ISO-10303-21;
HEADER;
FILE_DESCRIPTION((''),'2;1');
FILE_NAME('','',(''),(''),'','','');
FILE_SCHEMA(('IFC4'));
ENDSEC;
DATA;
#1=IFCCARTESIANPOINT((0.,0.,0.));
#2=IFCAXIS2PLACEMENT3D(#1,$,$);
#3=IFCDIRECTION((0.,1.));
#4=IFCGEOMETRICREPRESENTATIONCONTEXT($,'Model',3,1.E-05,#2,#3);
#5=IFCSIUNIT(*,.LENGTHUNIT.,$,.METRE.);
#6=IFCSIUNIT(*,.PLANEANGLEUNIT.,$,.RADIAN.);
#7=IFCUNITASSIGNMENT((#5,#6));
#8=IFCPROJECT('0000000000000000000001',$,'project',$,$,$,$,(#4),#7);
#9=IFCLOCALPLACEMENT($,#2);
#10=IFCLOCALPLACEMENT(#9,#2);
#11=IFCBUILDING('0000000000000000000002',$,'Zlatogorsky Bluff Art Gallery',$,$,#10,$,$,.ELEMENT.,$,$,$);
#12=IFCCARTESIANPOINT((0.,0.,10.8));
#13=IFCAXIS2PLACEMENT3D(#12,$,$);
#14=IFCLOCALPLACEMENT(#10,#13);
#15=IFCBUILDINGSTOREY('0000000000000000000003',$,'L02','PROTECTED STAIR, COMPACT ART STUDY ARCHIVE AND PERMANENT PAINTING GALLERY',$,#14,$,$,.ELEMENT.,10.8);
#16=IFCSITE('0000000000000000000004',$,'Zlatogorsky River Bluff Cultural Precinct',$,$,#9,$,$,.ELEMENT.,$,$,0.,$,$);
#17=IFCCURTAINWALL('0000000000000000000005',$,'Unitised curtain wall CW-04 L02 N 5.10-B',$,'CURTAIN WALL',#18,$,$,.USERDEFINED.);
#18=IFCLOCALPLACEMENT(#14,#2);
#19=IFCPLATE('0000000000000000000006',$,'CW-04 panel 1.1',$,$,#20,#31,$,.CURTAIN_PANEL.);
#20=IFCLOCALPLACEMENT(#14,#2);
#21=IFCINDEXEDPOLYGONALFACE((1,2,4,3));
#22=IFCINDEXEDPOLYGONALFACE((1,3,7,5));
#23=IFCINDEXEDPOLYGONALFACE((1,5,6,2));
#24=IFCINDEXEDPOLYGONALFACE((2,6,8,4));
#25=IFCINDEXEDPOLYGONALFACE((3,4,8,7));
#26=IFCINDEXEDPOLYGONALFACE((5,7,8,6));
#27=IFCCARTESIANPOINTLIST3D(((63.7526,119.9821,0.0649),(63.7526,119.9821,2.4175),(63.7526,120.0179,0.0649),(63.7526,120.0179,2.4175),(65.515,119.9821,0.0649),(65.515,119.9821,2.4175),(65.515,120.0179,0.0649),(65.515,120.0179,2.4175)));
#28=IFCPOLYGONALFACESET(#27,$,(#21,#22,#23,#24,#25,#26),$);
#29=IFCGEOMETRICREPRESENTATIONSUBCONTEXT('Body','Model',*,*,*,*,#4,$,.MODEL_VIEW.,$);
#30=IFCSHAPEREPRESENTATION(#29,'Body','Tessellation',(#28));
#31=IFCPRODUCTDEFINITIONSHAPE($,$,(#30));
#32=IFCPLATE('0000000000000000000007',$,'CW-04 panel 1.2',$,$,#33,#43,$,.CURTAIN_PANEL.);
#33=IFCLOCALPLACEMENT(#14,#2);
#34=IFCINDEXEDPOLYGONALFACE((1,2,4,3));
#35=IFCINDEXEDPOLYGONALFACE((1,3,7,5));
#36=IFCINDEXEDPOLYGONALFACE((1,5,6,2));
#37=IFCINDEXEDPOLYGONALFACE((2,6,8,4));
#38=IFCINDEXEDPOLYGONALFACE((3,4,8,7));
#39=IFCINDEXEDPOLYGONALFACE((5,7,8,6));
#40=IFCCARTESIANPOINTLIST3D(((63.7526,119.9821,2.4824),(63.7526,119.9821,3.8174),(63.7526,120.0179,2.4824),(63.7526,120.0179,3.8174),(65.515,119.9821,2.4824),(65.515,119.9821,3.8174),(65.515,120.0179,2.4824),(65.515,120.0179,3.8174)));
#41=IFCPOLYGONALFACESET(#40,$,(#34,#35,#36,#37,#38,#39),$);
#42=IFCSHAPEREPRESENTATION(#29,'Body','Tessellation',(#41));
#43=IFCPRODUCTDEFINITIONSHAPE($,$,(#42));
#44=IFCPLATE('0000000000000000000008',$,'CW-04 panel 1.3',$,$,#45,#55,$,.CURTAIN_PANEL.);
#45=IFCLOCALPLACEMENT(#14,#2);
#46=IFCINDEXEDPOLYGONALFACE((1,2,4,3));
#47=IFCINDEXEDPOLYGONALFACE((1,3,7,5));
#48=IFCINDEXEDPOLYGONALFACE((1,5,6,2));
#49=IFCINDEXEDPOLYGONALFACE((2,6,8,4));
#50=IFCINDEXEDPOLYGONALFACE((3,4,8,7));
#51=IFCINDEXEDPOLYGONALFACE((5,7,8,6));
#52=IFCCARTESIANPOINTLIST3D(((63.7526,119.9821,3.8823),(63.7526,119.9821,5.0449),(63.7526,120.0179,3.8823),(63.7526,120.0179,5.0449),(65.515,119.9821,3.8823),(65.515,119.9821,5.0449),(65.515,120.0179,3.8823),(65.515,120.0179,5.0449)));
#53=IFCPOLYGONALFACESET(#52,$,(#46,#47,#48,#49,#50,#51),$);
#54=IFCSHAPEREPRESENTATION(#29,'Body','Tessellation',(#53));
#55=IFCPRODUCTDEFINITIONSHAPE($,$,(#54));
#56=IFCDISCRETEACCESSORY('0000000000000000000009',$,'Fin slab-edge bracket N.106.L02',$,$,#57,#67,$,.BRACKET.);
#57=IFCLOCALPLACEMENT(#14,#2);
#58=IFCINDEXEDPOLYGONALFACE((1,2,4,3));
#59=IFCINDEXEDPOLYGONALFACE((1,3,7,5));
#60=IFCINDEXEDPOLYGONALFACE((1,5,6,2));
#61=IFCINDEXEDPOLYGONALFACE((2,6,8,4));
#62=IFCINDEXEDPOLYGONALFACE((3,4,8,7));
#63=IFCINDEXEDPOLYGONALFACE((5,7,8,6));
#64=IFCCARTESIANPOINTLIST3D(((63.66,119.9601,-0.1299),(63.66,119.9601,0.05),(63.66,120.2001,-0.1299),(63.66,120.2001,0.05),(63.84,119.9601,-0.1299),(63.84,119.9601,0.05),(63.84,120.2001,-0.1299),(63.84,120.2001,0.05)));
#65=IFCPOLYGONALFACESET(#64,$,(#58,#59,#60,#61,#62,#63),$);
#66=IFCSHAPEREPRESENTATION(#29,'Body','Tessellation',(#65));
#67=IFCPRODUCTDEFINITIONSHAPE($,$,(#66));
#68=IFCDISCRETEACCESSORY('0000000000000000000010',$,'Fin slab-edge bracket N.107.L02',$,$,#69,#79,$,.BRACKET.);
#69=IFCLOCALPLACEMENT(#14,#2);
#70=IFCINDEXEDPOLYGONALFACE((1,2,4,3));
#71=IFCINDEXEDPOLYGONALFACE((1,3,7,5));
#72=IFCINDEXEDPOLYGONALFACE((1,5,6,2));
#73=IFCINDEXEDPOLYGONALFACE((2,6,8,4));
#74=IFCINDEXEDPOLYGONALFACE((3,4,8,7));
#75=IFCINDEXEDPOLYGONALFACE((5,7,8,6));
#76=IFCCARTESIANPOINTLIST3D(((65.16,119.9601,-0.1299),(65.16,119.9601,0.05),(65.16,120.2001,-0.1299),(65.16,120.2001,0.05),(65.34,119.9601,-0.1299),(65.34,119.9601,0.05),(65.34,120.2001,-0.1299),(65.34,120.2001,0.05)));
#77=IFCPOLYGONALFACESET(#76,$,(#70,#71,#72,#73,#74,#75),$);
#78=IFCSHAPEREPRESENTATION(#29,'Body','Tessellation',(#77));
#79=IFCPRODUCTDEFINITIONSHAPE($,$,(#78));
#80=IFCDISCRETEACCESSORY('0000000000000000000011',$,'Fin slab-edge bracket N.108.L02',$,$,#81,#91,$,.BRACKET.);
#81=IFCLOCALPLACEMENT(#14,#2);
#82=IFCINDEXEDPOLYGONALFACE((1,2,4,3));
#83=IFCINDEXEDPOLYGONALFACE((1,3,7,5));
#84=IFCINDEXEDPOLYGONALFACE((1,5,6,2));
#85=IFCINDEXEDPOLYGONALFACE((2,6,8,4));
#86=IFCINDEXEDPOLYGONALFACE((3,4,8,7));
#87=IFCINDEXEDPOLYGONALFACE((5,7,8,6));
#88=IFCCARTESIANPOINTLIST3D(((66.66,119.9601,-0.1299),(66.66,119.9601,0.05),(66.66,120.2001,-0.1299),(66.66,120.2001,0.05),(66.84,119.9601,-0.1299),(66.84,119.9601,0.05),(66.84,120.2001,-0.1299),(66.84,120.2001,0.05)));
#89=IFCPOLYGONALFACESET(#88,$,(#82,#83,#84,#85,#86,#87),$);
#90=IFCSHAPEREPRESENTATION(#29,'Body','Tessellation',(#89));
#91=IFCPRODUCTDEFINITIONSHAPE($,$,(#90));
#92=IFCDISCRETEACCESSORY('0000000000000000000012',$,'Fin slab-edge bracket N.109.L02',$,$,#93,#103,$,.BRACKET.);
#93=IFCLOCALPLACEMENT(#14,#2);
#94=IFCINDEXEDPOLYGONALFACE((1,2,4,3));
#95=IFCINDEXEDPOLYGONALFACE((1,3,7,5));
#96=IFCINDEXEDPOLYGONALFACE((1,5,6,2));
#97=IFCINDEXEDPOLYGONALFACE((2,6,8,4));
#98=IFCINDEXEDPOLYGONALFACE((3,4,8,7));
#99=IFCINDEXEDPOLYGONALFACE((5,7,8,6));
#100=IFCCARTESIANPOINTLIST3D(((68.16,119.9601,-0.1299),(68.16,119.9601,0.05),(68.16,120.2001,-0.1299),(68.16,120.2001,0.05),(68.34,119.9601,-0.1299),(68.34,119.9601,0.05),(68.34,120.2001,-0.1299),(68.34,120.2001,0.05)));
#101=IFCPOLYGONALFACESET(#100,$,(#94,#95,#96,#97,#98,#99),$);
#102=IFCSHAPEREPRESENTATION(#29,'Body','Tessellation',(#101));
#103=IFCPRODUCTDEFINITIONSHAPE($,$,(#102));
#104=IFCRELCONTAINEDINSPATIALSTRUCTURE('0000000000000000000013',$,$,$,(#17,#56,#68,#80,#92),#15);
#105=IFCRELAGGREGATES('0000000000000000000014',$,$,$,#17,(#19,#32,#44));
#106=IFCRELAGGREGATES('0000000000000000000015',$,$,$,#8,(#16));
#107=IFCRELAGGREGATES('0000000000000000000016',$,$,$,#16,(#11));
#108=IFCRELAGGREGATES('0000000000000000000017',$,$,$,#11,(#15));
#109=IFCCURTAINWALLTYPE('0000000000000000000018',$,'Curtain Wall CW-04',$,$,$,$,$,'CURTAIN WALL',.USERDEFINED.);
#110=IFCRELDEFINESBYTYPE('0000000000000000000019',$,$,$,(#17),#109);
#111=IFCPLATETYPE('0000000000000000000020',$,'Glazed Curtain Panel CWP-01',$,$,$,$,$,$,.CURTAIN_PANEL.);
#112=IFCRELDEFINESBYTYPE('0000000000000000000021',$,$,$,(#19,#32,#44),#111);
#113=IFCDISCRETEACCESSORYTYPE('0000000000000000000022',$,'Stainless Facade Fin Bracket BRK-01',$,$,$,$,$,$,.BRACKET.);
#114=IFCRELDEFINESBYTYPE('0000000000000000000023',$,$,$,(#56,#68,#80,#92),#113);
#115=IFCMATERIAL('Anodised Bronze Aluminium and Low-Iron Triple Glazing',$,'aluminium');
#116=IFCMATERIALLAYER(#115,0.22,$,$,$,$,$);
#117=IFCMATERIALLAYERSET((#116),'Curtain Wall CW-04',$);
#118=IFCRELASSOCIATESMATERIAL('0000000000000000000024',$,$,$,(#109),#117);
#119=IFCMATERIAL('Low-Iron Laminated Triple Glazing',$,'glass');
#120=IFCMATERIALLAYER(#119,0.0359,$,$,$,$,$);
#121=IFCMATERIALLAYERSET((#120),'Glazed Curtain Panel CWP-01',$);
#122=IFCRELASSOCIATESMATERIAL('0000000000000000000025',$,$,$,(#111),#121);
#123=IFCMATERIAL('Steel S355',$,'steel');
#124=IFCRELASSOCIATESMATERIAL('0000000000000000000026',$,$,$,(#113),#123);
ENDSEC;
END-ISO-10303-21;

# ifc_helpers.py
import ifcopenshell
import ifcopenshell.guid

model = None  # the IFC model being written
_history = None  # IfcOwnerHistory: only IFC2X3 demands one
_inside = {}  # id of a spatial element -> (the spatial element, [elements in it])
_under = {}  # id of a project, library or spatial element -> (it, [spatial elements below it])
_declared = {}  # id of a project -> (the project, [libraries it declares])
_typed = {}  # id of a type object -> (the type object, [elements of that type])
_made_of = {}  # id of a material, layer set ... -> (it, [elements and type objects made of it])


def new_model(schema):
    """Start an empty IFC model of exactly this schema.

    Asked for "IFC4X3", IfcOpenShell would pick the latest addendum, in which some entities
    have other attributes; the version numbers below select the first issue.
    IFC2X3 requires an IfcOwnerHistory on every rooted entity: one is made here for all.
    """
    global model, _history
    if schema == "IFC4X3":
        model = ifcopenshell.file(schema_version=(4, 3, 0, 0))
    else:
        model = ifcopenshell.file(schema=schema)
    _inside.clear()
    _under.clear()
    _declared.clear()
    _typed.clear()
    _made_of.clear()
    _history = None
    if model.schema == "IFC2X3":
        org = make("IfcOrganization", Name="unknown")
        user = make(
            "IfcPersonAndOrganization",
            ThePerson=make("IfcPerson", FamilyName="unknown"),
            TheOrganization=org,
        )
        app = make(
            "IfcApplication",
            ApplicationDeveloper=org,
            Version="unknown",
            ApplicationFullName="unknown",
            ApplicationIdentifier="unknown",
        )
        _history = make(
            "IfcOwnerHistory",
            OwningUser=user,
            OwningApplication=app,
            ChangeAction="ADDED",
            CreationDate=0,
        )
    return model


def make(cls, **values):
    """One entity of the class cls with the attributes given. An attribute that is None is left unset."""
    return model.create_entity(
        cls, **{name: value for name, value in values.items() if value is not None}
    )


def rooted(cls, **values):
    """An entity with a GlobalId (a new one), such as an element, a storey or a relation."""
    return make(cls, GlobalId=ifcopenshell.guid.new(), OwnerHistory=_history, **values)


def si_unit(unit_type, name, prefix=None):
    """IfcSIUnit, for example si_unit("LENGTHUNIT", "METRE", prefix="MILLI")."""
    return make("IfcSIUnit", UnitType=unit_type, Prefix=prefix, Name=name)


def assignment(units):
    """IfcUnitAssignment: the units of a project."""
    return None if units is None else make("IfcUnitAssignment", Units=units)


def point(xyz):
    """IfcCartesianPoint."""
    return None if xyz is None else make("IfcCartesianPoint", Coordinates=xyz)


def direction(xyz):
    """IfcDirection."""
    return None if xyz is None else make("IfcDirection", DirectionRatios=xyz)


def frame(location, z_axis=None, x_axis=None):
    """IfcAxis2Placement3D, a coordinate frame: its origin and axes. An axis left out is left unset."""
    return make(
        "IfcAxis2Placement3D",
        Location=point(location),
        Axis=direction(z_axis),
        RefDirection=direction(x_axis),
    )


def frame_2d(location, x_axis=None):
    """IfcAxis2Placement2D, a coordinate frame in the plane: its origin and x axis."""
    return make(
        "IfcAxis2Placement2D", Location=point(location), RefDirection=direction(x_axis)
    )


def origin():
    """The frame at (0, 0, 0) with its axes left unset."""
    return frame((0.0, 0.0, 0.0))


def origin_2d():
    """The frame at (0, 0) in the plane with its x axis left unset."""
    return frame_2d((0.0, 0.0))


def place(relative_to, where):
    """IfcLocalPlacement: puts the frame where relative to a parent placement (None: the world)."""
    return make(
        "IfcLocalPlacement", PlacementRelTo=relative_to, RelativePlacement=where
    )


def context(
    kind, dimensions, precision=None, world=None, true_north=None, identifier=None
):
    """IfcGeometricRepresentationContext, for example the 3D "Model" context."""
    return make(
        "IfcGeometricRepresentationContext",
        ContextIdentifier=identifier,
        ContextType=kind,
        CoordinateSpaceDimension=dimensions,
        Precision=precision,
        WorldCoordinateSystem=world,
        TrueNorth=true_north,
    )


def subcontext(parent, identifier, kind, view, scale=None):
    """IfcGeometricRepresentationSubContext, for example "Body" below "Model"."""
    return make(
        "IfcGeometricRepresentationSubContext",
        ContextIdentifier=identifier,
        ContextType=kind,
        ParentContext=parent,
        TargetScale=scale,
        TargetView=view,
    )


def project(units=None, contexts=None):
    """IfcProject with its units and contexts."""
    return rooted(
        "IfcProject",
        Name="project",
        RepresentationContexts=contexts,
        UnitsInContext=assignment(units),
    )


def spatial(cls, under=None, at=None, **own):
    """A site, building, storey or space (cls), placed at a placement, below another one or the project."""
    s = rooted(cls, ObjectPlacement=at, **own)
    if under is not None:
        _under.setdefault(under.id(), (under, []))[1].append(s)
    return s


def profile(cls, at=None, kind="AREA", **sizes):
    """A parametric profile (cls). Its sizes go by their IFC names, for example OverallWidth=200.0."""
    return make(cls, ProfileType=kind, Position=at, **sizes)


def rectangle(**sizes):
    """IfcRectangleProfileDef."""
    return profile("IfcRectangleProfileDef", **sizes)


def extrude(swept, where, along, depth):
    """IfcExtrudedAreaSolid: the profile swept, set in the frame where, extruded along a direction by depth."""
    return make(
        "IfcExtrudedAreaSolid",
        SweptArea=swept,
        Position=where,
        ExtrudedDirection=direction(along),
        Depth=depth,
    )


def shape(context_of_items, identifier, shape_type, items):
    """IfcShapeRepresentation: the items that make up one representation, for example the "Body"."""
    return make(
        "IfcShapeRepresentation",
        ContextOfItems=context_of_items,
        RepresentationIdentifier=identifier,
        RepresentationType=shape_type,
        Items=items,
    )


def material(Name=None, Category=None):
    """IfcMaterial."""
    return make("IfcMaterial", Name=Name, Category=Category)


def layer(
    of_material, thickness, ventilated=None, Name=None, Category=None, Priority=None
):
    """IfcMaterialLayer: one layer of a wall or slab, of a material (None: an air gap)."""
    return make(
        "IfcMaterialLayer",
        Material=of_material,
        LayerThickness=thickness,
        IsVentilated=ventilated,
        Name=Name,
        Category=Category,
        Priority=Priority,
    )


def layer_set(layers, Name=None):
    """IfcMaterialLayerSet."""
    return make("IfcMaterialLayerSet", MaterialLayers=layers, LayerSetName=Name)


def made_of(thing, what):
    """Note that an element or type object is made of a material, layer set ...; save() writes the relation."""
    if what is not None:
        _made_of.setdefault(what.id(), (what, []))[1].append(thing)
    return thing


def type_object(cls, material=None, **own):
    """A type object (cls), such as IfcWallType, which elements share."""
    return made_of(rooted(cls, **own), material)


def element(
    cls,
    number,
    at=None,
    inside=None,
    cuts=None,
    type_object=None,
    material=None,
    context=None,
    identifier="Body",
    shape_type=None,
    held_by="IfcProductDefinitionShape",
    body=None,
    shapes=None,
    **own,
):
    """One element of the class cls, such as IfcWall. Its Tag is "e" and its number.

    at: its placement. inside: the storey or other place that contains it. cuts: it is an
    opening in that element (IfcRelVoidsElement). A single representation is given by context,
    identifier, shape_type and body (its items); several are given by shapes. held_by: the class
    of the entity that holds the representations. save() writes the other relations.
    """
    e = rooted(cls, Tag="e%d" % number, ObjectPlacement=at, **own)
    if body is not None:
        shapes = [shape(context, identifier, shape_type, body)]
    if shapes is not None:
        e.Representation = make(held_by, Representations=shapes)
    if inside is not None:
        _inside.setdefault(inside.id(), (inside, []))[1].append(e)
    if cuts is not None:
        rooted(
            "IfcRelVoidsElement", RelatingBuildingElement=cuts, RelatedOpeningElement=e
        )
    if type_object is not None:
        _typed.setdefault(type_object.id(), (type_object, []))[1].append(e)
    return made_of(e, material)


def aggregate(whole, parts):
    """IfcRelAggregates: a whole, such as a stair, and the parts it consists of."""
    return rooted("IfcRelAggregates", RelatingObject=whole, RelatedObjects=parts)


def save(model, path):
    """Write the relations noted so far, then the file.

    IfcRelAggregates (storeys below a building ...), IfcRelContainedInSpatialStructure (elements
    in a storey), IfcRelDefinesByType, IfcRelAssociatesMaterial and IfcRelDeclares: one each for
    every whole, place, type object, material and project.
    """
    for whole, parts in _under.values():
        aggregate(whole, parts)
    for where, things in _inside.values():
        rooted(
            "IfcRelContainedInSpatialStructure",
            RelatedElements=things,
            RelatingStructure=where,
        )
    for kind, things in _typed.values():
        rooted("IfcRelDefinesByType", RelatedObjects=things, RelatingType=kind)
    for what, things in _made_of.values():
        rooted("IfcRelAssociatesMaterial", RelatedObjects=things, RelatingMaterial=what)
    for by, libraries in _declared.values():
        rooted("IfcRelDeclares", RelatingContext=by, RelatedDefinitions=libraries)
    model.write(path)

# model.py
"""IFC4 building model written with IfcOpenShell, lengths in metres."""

from ifc_helpers import new_model, si_unit, direction, frame, origin, origin_2d, place, context, subcontext, project, spatial, rectangle, extrude, material, layer, layer_set, type_object, element, aggregate, save


model = new_model("IFC4")

# Units and contexts
model_context = context("Model", 3, precision=1e-05, world=origin(), true_north=direction((0.0, 1.0)))
body_context = subcontext(model_context, "Body", "Model", "MODEL_VIEW")
ifc_project = project(units=[si_unit("LENGTHUNIT", "METRE"), si_unit("PLANEANGLEUNIT", "RADIAN")], contexts=[model_context])

# Site, building, storey
site_placement = place(None, origin())
site = spatial("IfcSite", under=ifc_project, at=site_placement, Name="Zlatogorsky River Bluff Cultural Precinct", CompositionType="ELEMENT", RefElevation=0.0)
building_placement = place(site_placement, origin())
building = spatial("IfcBuilding", under=site, at=building_placement, Name="Zlatogorsky Bluff Art Gallery", CompositionType="ELEMENT")
storey_placement = place(building_placement, frame((0.0, 0.0, 10.8)))
storey = spatial("IfcBuildingStorey", under=building, at=storey_placement, Name="L02", Description="PROTECTED STAIR, COMPACT ART STUDY ARCHIVE AND PERMANENT PAINTING GALLERY", CompositionType="ELEMENT", Elevation=10.8)

# Shared definitions
ifc_material_1 = material(Name="Anodised Bronze Aluminium and Low-Iron Triple Glazing", Category="aluminium")
ifc_layer_1 = layer(ifc_material_1, 0.22)
ifc_layer_set_1 = layer_set([ifc_layer_1], Name="Curtain Wall CW-04")
curtain_wall_type = type_object("IfcCurtainWallType", Name="Curtain Wall CW-04", ElementType="CURTAIN WALL", PredefinedType="USERDEFINED", material=ifc_layer_set_1)

# Curtain wall
curtain_wall_1_placement = place(storey_placement, origin())
curtain_wall_1 = element("IfcCurtainWall", 1, at=curtain_wall_1_placement, inside=storey, type_object=curtain_wall_type, Name="Unitised curtain wall CW-04 L02 N 5.10-B", ObjectType="CURTAIN WALL", PredefinedType="USERDEFINED")

# Plates
ifc_material_2 = material(Name="Low-Iron Laminated Triple Glazing", Category="glass")
ifc_layer_2 = layer(ifc_material_2, 0.0359)
ifc_layer_set_2 = layer_set([ifc_layer_2], Name="Glazed Curtain Panel CWP-01")
plate_type = type_object("IfcPlateType", Name="Glazed Curtain Panel CWP-01", PredefinedType="CURTAIN_PANEL", material=ifc_layer_set_2)
plate_1_placement = place(storey_placement, frame((64.6338, 120.0, 0.0649), z_axis=(0.0, 0.0, 1.0), x_axis=(-1.0, 0.0, 0.0)))
plate_1 = element("IfcPlate", 2, at=plate_1_placement, type_object=plate_type, Name="CW-04 panel 1.1", PredefinedType="CURTAIN_PANEL", context=body_context, shape_type="SweptSolid", body=[
    extrude(rectangle(XDim=1.7625, YDim=0.0359, at=origin_2d()), origin(), (0.0, 0.0, 1.0), 2.3525),
])
plate_2_placement = place(storey_placement, frame((64.6338, 120.0, 2.4824), z_axis=(0.0, 0.0, 1.0), x_axis=(-1.0, 0.0, 0.0)))
plate_2 = element("IfcPlate", 3, at=plate_2_placement, type_object=plate_type, Name="CW-04 panel 1.2", PredefinedType="CURTAIN_PANEL", context=body_context, shape_type="SweptSolid", body=[
    extrude(rectangle(XDim=1.7625, YDim=0.0359, at=origin_2d()), origin(), (0.0, 0.0, 1.0), 1.335),
])
plate_3_placement = place(storey_placement, frame((64.6338, 120.0, 3.8823), z_axis=(0.0, 0.0, 1.0), x_axis=(-1.0, 0.0, 0.0)))
plate_3 = element("IfcPlate", 4, at=plate_3_placement, type_object=plate_type, Name="CW-04 panel 1.3", PredefinedType="CURTAIN_PANEL", context=body_context, shape_type="SweptSolid", body=[
    extrude(rectangle(XDim=1.7625, YDim=0.0359, at=origin_2d()), origin(), (0.0, 0.0, 1.0), 1.1626),
])
aggregate(curtain_wall_1, [plate_1, plate_2, plate_3])

# Discrete accessories
ifc_material_3 = material(Name="Steel S355", Category="steel")
discrete_accessory_type = type_object("IfcDiscreteAccessoryType", Name="Stainless Facade Fin Bracket BRK-01", PredefinedType="BRACKET", material=ifc_material_3)
for number, where, z_axis, x_axis, name in (
    (5, (63.75, 120.0801, -0.1299), (0.0, 0.0, 1.0), (1.0, 0.0, 0.0), "Fin slab-edge bracket N.106.L02"),
    (6, (65.25, 120.0801, -0.1299), (0.0, 0.0, 1.0), (1.0, 0.0, 0.0), "Fin slab-edge bracket N.107.L02"),
    (7, (66.75, 120.0801, -0.1299), (0.0, 0.0, 1.0), (1.0, 0.0, 0.0), "Fin slab-edge bracket N.108.L02"),
    (8, (68.25, 120.0801, -0.1299), (0.0, 0.0, 1.0), (1.0, 0.0, 0.0), "Fin slab-edge bracket N.109.L02"),
):
    element("IfcDiscreteAccessory", number, at=place(storey_placement, frame(where, z_axis=z_axis, x_axis=x_axis)), inside=storey, type_object=discrete_accessory_type, Name=name, PredefinedType="BRACKET", context=body_context, shape_type="SweptSolid", body=[
        extrude(rectangle(XDim=0.1799, YDim=0.24, at=origin_2d()), origin(), (0.0, 0.0, 1.0), 0.1799),
    ])

save(model, "model.ifc")
